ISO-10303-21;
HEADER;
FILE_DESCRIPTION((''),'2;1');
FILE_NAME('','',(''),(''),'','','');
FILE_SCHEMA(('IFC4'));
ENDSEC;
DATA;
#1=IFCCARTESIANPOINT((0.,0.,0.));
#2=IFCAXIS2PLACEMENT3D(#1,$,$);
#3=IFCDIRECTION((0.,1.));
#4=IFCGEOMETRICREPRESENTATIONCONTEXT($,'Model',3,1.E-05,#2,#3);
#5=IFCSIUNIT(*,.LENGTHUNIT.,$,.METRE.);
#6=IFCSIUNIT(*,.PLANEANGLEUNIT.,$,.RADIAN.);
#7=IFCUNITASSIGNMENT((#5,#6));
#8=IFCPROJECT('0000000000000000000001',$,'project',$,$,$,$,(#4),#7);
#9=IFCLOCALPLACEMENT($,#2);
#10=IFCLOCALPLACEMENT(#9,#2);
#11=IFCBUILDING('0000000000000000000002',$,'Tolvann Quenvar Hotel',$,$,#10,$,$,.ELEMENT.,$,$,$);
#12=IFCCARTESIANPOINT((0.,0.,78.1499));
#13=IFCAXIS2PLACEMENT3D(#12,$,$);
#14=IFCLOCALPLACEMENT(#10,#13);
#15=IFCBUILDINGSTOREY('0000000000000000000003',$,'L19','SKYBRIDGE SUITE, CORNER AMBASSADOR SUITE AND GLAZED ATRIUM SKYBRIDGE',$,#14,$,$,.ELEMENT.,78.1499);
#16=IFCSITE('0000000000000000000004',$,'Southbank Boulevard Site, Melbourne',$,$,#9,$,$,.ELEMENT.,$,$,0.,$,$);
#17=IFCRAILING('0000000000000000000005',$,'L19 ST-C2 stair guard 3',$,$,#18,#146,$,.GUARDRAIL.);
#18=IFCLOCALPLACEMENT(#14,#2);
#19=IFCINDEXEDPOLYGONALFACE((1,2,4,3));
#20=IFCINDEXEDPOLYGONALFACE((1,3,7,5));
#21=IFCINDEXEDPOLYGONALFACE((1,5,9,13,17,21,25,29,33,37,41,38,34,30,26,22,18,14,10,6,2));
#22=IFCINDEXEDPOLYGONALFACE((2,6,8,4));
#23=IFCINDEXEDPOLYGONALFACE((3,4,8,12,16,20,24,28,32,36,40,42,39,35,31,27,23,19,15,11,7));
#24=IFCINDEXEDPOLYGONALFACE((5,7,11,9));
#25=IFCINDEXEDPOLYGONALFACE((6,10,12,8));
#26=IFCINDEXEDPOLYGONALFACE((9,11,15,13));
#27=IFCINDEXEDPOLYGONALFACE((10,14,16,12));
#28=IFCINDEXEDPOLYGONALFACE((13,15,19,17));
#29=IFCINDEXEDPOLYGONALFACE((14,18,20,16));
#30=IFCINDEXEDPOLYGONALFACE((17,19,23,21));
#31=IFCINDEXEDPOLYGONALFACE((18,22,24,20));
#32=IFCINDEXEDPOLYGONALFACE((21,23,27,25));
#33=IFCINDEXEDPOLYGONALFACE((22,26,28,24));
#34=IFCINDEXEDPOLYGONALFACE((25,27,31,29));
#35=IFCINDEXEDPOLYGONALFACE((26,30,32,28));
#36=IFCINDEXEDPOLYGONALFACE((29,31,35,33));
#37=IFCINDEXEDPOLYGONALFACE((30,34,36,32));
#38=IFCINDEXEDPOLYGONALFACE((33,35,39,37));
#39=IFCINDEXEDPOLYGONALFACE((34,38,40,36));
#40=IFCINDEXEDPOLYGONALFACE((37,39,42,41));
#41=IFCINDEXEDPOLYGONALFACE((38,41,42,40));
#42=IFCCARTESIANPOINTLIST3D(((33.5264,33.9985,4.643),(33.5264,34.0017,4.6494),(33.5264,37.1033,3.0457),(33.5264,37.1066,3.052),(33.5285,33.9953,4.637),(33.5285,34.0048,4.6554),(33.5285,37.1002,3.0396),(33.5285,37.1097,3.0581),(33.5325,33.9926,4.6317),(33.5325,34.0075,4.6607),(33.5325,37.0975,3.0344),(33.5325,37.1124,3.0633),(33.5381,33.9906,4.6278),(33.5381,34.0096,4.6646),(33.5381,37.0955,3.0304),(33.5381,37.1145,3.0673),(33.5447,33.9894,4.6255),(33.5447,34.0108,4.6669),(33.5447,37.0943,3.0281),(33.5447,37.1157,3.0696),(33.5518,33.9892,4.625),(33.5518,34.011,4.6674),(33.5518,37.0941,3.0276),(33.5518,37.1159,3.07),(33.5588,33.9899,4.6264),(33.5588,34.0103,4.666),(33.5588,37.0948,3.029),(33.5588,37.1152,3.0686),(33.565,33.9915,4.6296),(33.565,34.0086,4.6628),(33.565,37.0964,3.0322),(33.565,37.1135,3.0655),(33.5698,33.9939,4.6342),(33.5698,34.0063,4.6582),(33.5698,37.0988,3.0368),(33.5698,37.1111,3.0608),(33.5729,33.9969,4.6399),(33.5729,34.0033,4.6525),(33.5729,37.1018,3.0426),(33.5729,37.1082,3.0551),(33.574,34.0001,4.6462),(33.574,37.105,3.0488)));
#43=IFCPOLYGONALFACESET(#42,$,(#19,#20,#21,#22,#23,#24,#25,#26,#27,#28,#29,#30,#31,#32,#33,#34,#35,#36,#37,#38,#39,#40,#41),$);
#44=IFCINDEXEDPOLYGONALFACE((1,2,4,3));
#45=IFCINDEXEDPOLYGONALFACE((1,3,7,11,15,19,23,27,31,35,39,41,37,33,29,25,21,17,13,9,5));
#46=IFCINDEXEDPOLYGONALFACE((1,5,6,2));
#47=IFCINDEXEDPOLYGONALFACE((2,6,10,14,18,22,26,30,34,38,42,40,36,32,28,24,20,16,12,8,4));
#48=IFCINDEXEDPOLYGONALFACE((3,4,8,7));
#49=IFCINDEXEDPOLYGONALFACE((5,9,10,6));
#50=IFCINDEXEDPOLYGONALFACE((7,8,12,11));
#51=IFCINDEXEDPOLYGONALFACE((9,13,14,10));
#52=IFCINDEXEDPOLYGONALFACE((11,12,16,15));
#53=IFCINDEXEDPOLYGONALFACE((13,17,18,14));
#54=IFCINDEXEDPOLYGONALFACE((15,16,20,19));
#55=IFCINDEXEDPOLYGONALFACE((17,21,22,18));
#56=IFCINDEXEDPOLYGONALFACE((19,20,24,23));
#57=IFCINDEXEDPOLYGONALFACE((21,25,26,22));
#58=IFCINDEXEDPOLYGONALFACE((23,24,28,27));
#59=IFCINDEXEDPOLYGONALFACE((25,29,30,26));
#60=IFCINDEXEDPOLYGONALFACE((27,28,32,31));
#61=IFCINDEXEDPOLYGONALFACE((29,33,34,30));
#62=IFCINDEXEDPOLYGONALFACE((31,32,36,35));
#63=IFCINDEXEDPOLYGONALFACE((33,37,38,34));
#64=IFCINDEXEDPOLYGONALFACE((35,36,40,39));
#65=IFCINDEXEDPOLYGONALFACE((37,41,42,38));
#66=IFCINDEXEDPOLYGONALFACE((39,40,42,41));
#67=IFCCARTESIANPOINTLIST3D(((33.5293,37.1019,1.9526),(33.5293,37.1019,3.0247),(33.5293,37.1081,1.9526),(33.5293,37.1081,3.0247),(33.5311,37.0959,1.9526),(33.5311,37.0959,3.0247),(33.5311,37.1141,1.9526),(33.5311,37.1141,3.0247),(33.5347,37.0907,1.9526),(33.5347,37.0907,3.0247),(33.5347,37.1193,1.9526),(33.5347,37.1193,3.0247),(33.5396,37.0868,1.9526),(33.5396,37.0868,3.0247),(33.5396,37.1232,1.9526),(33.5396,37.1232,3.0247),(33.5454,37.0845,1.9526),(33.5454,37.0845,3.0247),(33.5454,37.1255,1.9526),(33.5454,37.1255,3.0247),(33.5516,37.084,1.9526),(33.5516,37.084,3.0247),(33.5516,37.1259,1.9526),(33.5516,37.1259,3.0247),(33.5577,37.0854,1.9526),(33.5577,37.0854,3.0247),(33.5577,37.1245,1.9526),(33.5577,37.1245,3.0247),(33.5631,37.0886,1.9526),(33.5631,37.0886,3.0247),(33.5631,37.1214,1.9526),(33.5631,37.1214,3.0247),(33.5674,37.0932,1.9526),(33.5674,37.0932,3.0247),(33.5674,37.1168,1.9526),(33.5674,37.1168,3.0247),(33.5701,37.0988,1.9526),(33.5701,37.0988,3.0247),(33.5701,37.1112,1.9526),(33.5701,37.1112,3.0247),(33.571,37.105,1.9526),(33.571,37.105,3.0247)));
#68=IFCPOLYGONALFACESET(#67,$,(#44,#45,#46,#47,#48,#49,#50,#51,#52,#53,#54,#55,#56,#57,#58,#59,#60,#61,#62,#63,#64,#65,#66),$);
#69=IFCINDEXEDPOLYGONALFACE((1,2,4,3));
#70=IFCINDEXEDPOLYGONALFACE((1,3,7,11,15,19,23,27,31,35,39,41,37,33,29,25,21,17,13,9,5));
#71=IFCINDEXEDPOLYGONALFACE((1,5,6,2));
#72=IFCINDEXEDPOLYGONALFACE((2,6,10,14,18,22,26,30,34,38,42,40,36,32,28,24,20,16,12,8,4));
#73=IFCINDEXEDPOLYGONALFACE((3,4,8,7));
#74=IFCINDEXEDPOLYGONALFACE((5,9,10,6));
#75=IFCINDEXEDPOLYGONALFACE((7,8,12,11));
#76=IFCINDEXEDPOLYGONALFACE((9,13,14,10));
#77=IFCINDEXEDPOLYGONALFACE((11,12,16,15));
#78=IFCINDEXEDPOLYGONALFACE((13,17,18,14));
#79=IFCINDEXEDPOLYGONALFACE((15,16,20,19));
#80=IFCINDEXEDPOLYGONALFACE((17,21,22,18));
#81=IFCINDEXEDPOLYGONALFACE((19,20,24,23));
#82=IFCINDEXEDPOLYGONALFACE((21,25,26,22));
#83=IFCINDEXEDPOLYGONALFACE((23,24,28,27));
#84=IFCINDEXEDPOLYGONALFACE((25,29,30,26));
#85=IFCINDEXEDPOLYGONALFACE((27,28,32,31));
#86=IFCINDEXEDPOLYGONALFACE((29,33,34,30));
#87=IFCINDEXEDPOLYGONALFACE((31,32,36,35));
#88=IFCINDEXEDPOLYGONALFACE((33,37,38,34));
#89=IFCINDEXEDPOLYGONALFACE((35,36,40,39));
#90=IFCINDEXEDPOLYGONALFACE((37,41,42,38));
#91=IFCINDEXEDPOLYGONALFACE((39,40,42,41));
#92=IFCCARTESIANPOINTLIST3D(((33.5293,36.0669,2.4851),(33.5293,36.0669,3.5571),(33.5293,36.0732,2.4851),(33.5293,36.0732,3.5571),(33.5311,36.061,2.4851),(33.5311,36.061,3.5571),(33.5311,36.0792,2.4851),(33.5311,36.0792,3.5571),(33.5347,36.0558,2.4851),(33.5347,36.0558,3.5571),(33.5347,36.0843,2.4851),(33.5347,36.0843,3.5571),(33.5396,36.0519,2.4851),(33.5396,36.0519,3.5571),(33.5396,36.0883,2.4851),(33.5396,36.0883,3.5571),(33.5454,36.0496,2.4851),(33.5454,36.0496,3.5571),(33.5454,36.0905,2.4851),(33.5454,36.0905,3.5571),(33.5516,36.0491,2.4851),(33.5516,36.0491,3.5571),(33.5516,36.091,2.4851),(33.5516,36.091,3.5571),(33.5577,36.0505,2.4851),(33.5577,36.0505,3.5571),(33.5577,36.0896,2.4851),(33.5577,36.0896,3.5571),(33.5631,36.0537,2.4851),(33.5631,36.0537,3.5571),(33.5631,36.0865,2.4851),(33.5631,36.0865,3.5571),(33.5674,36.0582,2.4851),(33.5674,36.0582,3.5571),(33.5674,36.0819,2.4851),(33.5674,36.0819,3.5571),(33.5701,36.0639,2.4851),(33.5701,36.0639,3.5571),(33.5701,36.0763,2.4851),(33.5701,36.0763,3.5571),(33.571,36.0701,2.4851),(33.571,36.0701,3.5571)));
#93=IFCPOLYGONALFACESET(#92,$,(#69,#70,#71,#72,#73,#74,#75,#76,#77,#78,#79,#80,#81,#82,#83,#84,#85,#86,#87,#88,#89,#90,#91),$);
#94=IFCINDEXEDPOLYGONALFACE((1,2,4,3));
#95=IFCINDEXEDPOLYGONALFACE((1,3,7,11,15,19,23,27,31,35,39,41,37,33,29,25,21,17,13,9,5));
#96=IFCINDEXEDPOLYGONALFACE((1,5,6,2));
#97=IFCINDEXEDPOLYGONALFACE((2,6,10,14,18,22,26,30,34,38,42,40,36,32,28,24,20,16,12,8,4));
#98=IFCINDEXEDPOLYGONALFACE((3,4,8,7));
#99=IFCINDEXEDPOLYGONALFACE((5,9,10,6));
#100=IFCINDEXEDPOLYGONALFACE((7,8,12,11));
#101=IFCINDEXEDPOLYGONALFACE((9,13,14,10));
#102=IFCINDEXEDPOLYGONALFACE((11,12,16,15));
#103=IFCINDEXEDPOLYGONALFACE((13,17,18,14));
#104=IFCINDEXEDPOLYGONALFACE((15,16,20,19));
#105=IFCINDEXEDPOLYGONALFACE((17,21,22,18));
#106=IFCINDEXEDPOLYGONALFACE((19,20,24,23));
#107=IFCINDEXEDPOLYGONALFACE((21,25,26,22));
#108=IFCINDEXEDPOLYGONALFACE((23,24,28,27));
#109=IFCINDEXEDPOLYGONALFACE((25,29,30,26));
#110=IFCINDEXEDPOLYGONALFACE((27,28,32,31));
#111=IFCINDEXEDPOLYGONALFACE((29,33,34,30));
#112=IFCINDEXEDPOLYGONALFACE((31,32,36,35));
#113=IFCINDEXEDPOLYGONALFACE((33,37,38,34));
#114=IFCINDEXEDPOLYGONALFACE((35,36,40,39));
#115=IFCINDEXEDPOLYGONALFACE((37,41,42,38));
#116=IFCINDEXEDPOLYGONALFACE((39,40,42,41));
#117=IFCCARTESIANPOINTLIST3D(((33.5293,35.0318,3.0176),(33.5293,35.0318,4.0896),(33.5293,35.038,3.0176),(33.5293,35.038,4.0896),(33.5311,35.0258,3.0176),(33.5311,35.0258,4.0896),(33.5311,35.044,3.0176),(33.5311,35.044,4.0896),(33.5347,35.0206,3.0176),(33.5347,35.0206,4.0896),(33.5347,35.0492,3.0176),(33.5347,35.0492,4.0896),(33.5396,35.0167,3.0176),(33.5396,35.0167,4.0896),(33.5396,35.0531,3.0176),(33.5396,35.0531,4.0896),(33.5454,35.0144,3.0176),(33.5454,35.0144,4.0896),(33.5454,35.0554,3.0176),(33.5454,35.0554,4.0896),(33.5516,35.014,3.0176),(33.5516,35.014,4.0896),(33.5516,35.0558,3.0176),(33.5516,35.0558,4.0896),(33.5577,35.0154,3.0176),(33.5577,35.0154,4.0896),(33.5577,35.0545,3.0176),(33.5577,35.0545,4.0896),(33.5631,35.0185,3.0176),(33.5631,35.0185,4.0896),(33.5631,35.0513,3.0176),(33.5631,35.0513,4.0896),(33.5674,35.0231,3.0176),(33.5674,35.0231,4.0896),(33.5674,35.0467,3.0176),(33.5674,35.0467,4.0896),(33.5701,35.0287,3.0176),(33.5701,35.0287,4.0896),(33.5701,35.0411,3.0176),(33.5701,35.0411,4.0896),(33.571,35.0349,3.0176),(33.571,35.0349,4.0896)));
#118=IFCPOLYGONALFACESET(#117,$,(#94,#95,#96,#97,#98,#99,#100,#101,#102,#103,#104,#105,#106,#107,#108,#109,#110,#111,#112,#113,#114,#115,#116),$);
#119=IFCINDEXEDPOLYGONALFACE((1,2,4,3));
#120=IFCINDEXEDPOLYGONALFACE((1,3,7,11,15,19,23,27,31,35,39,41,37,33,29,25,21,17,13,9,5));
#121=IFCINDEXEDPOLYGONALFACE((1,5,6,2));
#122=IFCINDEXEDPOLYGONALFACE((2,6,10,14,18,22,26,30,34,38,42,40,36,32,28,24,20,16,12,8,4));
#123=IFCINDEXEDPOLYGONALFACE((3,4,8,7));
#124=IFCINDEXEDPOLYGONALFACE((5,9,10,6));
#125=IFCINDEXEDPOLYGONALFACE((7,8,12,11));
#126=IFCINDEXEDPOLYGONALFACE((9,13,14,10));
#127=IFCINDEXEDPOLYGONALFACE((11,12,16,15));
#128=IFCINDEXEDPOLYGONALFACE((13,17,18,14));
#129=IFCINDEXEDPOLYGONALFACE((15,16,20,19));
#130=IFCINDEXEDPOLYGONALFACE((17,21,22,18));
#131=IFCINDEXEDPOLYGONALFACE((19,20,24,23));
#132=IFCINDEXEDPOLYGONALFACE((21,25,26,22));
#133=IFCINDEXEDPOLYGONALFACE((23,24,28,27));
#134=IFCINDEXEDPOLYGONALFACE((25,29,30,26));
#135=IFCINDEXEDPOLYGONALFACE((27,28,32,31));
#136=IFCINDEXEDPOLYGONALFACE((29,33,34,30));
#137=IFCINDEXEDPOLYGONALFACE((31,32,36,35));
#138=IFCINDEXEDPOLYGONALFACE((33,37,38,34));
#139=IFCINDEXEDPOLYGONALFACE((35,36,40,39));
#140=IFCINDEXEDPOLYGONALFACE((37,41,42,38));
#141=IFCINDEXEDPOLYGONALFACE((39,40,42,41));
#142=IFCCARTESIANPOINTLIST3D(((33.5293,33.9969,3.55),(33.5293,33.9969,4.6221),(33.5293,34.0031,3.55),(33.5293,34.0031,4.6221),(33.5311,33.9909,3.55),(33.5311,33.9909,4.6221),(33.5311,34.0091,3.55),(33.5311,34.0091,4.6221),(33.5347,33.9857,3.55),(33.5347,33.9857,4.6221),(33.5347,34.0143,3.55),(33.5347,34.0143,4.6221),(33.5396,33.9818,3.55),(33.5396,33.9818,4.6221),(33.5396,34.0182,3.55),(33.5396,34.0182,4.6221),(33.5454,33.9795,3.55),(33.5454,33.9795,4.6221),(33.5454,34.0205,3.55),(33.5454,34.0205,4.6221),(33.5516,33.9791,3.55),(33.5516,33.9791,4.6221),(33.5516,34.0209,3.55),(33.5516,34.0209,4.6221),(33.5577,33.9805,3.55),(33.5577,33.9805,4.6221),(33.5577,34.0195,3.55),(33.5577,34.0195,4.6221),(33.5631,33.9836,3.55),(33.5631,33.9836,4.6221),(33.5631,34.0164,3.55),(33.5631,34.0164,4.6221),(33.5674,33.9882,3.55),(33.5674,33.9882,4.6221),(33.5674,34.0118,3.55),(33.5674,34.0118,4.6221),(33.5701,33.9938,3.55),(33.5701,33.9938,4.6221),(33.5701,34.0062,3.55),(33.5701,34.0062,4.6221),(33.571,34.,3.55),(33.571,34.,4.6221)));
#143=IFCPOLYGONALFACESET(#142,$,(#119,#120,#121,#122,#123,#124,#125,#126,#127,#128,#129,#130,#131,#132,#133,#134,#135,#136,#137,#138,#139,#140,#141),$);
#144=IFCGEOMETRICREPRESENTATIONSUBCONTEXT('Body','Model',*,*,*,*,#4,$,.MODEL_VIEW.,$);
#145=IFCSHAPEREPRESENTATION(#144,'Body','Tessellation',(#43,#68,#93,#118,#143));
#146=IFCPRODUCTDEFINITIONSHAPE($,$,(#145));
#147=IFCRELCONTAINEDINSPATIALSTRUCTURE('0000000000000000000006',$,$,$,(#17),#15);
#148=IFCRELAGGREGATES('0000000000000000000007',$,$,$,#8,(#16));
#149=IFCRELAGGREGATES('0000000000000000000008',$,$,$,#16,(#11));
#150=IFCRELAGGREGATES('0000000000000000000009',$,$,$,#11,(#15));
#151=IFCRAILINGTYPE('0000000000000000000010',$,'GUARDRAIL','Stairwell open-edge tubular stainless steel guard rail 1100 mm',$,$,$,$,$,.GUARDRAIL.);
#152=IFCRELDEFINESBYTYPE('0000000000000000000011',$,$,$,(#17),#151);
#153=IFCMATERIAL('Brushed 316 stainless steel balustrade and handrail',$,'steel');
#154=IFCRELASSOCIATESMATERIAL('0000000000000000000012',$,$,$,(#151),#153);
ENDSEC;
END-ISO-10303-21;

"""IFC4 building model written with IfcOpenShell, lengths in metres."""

from ifc_helpers import new_model, si_unit, direction, frame, origin, origin_2d, place, context, subcontext, project, spatial, circle, extrude, material, type_object, element, save


model = new_model("IFC4")

# Units and contexts
model_context = context("Model", 3, precision=1e-05, world=origin(), true_north=direction((0.0, 1.0)))
body_context = subcontext(model_context, "Body", "Model", "MODEL_VIEW")
ifc_project = project(units=[si_unit("LENGTHUNIT", "METRE"), si_unit("PLANEANGLEUNIT", "RADIAN")], contexts=[model_context])

# Site, building, storey
site_placement = place(None, origin())
site = spatial("IfcSite", under=ifc_project, at=site_placement, Name="Southbank Boulevard Site, Melbourne", CompositionType="ELEMENT", RefElevation=0.0)
building_placement = place(site_placement, origin())
building = spatial("IfcBuilding", under=site, at=building_placement, Name="Tolvann Quenvar Hotel", CompositionType="ELEMENT")
storey_placement = place(building_placement, frame((0.0, 0.0, 78.1499)))
storey = spatial("IfcBuildingStorey", under=building, at=storey_placement, Name="L19", Description="SKYBRIDGE SUITE, CORNER AMBASSADOR SUITE AND GLAZED ATRIUM SKYBRIDGE", CompositionType="ELEMENT", Elevation=78.1499)

# Railing
ifc_material_1 = material(Name="Brushed 316 stainless steel balustrade and handrail", Category="steel")
railing_type_1 = type_object("IfcRailingType", Name="GUARDRAIL", Description="Stairwell open-edge tubular stainless steel guard rail 1100 mm", PredefinedType="GUARDRAIL", material=ifc_material_1)
railing_1_placement = place(storey_placement, frame((33.55, 37.105, 1.9526)))
element("IfcRailing", 1, at=railing_1_placement, inside=storey, type_object=railing_type_1, Name="L19 ST-C2 stair guard 3", PredefinedType="GUARDRAIL", context=body_context, shape_type="SweptSolid", body=[
    extrude(circle(Radius=0.0239, at=origin_2d()), frame((0.0, 0.0, 1.0962), z_axis=(0.0, -0.889222, 0.457476), x_axis=(1.0, 0.0, 0.0)), (0.0, 0.0, 1.0), 3.4917),
    extrude(circle(Radius=0.021, at=origin_2d()), origin(), (0.0, 0.0, 1.0), 1.072),
    extrude(circle(Radius=0.021, at=origin_2d()), frame((0.0, -1.0349, 0.5325)), (0.0, 0.0, 1.0), 1.072),
    extrude(circle(Radius=0.021, at=origin_2d()), frame((0.0, -2.0701, 1.0649)), (0.0, 0.0, 1.0), 1.072),
    extrude(circle(Radius=0.021, at=origin_2d()), frame((0.0, -3.105, 1.5974)), (0.0, 0.0, 1.0), 1.072),
])

save(model, "model.ifc")
